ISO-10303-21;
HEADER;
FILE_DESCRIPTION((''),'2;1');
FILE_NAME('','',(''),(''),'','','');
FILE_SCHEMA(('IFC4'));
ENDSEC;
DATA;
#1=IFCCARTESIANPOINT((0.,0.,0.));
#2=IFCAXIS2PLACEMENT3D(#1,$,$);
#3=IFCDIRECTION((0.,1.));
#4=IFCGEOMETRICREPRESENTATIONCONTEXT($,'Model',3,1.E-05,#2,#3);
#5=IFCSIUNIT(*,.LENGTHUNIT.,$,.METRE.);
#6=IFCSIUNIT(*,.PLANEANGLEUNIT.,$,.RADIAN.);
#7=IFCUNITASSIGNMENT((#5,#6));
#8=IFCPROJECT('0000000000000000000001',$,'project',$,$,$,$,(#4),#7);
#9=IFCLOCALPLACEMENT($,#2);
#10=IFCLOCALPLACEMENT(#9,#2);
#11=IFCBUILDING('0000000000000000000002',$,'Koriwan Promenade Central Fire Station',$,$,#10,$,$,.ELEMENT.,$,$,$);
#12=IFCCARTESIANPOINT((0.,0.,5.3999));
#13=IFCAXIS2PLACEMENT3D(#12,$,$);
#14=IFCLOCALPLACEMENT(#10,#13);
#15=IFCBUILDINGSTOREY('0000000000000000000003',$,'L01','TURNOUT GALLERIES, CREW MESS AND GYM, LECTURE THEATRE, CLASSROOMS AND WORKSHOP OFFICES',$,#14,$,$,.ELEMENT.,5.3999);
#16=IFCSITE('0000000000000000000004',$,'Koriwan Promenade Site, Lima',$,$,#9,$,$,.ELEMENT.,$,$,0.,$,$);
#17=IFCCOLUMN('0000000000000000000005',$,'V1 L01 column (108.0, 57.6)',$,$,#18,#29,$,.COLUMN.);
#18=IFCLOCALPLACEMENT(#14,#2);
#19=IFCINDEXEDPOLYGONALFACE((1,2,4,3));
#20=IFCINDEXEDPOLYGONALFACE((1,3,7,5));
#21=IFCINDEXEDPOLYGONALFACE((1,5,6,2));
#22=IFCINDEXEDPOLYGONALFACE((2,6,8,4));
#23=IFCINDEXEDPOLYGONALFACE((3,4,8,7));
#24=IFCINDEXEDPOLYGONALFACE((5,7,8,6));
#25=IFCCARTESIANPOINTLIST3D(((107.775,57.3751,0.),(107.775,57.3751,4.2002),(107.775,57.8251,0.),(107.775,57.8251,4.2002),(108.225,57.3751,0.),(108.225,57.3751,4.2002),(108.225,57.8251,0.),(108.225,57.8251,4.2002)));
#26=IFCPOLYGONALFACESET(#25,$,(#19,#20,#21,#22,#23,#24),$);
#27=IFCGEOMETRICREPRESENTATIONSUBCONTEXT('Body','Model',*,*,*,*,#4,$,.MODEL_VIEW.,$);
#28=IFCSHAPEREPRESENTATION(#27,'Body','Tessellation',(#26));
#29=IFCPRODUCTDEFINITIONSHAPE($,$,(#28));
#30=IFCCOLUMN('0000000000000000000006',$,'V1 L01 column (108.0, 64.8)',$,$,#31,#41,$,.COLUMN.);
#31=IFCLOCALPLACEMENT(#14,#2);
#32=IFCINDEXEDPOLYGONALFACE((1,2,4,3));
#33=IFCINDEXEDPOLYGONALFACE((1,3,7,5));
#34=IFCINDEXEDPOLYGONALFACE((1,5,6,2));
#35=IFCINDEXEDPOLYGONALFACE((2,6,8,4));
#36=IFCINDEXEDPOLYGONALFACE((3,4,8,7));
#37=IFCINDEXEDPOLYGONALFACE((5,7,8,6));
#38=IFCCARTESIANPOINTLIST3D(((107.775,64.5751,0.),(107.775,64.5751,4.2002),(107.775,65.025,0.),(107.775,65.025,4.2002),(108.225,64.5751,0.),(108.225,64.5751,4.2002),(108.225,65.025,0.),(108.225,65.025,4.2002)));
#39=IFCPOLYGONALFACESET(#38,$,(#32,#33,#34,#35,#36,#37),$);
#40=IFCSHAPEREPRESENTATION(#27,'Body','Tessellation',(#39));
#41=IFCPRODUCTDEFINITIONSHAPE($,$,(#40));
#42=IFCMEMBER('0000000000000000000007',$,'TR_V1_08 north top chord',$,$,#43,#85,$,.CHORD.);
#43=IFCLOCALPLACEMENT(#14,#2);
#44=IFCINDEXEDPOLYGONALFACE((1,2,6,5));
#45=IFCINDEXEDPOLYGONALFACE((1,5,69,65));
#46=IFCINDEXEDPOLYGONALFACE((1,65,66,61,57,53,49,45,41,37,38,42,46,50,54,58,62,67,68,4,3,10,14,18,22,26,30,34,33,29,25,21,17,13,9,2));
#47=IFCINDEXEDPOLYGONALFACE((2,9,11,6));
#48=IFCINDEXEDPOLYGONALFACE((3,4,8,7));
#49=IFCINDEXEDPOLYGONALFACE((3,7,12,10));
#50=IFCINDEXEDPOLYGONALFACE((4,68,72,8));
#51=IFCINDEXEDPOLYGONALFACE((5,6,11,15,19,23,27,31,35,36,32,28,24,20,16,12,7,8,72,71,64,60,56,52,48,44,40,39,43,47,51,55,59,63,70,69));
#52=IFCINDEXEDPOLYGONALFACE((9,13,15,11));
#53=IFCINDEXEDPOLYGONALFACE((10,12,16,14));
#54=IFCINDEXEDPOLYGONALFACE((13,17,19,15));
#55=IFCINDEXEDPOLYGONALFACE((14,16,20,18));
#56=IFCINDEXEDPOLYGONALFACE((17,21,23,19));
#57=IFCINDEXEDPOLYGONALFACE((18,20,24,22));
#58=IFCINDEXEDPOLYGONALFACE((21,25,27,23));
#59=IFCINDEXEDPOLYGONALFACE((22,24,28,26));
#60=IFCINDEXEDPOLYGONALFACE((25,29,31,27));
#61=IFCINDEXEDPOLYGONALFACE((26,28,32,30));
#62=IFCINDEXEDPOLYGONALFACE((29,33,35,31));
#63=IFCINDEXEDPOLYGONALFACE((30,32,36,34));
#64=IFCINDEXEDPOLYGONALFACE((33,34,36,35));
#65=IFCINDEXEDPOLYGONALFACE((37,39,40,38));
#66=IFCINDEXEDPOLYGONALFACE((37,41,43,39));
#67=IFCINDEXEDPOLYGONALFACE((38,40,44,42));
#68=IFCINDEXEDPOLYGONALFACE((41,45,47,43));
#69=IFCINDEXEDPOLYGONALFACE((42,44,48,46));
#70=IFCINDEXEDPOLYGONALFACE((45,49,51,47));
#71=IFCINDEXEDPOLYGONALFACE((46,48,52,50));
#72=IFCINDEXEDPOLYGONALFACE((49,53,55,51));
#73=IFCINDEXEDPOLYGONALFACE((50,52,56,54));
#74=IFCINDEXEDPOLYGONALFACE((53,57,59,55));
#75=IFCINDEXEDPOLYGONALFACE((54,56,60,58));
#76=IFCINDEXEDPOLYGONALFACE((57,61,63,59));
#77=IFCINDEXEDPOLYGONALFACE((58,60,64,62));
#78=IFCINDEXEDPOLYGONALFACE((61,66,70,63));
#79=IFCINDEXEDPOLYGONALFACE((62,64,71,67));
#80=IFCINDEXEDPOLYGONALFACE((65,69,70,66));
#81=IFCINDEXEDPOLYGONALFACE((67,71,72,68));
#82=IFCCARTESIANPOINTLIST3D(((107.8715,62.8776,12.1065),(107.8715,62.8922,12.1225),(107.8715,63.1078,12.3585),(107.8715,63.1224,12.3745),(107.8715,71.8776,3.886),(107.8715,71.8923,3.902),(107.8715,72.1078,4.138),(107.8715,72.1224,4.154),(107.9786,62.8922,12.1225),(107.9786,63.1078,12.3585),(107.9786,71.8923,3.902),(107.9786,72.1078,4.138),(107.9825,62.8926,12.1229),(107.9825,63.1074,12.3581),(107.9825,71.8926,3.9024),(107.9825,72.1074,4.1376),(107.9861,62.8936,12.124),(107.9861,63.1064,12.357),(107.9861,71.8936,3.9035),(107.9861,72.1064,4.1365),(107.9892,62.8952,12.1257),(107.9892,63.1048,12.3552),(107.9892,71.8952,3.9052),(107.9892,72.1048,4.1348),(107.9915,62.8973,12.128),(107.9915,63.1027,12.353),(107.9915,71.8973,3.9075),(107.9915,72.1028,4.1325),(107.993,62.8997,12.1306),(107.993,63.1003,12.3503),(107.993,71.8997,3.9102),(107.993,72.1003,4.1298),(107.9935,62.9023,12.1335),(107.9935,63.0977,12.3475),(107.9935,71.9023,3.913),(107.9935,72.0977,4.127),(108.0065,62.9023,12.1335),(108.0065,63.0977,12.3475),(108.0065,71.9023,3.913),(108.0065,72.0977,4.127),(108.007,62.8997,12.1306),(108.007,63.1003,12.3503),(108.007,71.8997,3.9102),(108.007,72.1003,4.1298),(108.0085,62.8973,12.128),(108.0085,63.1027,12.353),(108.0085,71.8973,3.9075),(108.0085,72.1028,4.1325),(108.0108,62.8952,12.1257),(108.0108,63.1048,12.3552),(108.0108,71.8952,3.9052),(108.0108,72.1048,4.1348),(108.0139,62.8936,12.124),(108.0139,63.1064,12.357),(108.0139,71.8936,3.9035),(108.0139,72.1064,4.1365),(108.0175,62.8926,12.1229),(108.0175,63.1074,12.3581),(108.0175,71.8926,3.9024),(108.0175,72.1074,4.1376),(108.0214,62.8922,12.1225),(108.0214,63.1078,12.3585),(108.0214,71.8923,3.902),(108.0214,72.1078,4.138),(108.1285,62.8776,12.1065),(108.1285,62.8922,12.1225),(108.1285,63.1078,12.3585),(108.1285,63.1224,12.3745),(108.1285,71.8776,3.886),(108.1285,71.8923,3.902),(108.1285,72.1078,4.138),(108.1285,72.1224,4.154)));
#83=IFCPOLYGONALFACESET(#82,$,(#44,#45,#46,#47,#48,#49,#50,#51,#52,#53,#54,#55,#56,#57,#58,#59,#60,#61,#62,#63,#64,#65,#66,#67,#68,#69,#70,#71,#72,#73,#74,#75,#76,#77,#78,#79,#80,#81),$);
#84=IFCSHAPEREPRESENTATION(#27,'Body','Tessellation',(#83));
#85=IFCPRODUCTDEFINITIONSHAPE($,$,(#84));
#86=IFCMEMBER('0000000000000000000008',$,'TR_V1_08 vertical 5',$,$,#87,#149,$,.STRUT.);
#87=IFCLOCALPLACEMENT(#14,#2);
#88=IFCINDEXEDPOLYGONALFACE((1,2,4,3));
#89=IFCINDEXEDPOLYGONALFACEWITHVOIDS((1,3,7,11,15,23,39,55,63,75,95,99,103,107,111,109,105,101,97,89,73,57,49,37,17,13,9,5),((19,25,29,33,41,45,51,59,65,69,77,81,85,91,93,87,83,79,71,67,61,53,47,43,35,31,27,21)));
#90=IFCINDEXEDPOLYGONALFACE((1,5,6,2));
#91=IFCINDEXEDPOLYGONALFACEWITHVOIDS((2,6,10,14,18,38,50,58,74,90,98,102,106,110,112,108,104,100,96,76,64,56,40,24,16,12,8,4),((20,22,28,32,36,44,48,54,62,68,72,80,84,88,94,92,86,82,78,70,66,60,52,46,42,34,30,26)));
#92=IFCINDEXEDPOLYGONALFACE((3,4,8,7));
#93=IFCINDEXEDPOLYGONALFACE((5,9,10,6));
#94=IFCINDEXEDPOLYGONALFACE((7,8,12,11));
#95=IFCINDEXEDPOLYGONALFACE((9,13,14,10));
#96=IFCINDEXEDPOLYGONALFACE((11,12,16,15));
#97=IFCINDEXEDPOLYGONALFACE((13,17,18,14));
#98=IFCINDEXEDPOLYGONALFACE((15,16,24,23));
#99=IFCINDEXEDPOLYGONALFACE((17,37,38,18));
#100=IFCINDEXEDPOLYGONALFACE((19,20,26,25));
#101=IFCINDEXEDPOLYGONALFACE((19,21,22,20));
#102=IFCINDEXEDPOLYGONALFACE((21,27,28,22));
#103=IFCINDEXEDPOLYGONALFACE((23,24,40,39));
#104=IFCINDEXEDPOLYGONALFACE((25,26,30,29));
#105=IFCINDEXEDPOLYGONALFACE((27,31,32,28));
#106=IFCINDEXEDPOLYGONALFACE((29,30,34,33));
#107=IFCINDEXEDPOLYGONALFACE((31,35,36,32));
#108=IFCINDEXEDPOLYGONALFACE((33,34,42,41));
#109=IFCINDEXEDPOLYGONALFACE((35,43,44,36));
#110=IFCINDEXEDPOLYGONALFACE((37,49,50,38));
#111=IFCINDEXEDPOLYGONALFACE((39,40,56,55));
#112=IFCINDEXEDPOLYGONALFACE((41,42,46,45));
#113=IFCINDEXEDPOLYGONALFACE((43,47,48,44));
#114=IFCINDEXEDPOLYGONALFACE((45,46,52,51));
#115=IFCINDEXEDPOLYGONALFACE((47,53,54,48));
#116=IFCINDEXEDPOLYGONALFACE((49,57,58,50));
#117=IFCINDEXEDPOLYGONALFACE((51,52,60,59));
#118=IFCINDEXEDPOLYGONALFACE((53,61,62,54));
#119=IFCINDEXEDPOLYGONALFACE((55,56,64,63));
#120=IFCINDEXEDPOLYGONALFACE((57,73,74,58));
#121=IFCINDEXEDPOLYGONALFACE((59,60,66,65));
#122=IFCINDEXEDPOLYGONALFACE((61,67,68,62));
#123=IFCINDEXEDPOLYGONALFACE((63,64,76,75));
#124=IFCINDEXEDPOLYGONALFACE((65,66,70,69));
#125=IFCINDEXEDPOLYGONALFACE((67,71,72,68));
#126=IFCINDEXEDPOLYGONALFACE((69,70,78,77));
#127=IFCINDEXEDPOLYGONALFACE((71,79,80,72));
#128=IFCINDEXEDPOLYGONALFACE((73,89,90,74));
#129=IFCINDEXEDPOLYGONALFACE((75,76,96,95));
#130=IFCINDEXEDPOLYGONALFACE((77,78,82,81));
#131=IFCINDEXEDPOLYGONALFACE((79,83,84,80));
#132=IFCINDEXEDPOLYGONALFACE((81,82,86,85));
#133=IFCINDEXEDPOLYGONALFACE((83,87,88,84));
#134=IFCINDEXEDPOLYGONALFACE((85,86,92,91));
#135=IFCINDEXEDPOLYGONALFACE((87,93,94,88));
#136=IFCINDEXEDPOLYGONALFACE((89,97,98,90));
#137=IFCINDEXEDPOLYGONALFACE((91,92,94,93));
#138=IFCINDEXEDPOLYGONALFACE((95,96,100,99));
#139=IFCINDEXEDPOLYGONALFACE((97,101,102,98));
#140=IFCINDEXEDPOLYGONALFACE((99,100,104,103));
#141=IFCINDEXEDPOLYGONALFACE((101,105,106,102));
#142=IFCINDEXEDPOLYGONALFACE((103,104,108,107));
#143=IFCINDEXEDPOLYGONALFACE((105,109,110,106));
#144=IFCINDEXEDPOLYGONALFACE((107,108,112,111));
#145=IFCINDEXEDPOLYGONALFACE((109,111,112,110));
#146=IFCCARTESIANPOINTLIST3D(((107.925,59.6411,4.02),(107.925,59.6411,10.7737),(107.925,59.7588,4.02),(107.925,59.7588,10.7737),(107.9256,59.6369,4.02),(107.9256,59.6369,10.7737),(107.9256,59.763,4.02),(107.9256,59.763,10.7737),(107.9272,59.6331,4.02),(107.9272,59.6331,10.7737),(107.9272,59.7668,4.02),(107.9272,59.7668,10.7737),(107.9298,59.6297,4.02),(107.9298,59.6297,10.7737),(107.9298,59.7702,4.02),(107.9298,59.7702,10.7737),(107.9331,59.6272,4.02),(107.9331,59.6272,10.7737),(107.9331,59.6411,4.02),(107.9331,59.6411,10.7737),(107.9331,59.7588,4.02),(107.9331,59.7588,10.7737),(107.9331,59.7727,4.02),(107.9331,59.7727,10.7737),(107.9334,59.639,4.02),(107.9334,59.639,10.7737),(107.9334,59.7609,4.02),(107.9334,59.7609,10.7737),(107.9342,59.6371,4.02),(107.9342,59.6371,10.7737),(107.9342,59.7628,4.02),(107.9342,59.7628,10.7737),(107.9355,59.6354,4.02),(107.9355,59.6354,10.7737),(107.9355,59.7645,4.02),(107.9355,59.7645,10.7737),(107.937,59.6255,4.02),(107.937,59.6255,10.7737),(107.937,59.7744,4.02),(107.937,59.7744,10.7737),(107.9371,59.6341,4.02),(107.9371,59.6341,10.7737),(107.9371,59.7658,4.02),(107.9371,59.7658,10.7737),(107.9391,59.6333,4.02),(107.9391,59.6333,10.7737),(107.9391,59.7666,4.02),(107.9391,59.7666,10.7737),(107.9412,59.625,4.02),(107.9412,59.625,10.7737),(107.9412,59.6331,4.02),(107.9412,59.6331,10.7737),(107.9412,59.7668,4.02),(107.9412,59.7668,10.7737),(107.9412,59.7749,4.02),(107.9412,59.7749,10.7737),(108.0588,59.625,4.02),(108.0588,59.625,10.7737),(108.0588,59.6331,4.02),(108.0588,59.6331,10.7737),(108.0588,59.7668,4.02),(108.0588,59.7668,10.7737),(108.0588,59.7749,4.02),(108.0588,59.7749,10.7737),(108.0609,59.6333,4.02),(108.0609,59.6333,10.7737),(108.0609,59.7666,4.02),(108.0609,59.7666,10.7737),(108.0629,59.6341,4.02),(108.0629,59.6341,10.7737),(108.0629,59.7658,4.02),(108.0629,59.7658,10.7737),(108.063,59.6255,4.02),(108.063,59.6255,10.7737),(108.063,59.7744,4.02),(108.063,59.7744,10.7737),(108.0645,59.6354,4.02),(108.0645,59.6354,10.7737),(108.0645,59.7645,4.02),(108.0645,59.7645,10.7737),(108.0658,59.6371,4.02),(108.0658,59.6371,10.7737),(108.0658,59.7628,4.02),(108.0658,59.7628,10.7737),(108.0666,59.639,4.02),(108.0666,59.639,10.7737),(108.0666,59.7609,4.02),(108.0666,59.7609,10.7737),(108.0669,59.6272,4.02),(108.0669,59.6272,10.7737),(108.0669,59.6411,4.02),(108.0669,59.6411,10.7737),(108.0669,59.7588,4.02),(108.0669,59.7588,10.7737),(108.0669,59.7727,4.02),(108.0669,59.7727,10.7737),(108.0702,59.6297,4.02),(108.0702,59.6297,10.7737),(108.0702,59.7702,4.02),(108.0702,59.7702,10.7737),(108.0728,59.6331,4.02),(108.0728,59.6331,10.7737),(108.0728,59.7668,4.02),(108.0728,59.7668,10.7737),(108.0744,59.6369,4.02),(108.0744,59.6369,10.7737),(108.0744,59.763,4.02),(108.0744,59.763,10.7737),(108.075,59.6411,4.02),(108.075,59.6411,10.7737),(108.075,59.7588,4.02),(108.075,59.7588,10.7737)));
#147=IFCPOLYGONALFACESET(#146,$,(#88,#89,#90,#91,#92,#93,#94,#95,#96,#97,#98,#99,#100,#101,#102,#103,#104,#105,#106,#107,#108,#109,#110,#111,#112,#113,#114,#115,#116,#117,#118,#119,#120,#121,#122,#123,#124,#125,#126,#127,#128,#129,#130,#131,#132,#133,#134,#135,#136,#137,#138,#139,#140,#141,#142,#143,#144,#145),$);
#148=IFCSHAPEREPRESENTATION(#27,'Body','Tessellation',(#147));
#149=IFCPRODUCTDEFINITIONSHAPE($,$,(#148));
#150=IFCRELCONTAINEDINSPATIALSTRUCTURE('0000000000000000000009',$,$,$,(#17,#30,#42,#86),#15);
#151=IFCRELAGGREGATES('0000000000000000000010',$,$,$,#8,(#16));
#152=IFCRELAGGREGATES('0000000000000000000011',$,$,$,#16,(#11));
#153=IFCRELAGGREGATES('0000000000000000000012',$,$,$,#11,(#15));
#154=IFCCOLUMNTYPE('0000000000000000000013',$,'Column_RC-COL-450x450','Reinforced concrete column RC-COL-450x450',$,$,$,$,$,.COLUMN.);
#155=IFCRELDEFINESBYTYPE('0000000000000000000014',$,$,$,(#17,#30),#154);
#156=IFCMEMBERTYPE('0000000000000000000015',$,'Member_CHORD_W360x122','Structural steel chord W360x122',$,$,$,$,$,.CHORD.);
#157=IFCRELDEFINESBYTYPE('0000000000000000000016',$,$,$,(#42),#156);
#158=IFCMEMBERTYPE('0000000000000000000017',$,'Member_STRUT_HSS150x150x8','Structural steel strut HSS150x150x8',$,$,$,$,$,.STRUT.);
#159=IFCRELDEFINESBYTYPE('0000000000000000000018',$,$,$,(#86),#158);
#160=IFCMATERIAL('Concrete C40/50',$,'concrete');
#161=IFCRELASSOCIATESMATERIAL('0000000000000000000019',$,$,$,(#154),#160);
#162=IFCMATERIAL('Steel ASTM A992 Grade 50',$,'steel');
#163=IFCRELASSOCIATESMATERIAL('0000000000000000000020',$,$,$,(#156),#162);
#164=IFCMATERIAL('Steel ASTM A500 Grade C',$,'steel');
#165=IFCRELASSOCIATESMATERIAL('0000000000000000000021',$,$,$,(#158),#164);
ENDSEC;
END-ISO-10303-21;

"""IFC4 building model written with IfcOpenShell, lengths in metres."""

from ifc_helpers import new_model, si_unit, direction, frame, origin, origin_2d, place, context, subcontext, project, spatial, rectangle, hollow_rectangle, i_section, extrude, material, material_profile, profile_set, type_object, element, save


model = new_model("IFC4")

# Units and contexts
model_context = context("Model", 3, precision=1e-05, world=origin(), true_north=direction((0.0, 1.0)))
body_context = subcontext(model_context, "Body", "Model", "MODEL_VIEW")
ifc_project = project(units=[si_unit("LENGTHUNIT", "METRE"), si_unit("PLANEANGLEUNIT", "RADIAN")], contexts=[model_context])

# Site, building, storey
site_placement = place(None, origin())
site = spatial("IfcSite", under=ifc_project, at=site_placement, Name="Koriwan Promenade Site, Lima", CompositionType="ELEMENT", RefElevation=0.0)
building_placement = place(site_placement, origin())
building = spatial("IfcBuilding", under=site, at=building_placement, Name="Koriwan Promenade Central Fire Station", CompositionType="ELEMENT")
storey_placement = place(building_placement, frame((0.0, 0.0, 5.3999)))
storey = spatial("IfcBuildingStorey", under=building, at=storey_placement, Name="L01", Description="TURNOUT GALLERIES, CREW MESS AND GYM, LECTURE THEATRE, CLASSROOMS AND WORKSHOP OFFICES", CompositionType="ELEMENT", Elevation=5.3999)

# Columns
ifc_material_1 = material(Name="Concrete C40/50", Category="concrete")
ifc_material_profile_1 = material_profile(ifc_material_1, rectangle(XDim=0.45, YDim=0.45, at=origin_2d()), Name="RC-COL-450x450")
ifc_profile_set_1 = profile_set([ifc_material_profile_1], Name="Concrete C40/50")
column_type = type_object("IfcColumnType", Name="Column_RC-COL-450x450", Description="Reinforced concrete column RC-COL-450x450", PredefinedType="COLUMN", material=ifc_profile_set_1)
for number, where, z_axis, x_axis, name in (
    (1, (108.0, 57.6001, 0.0), (0.0, 0.0, 1.0), (1.0, 0.0, 0.0), "V1 L01 column (108.0, 57.6)"),
    (2, (108.0, 64.8, 0.0), (0.0, 0.0, 1.0), (1.0, 0.0, 0.0), "V1 L01 column (108.0, 64.8)"),
):
    element("IfcColumn", number, at=place(storey_placement, frame(where, z_axis=z_axis, x_axis=x_axis)), inside=storey, type_object=column_type, Name=name, PredefinedType="COLUMN", context=body_context, shape_type="SweptSolid", body=[
        extrude(rectangle(XDim=0.45, YDim=0.45, at=origin_2d()), origin(), (0.0, 0.0, 1.0), 4.2002),
    ])

# Members
ifc_material_2 = material(Name="Steel ASTM A992 Grade 50", Category="steel")
ifc_material_profile_2 = material_profile(ifc_material_2, i_section(OverallWidth=0.2571, OverallDepth=0.363, WebThickness=0.0129, FlangeThickness=0.0217, FilletRadius=0.0149, at=origin_2d()), Name="W360x122")
ifc_profile_set_2 = profile_set([ifc_material_profile_2], Name="Steel ASTM A992 Grade 50")
member_type_1 = type_object("IfcMemberType", Name="Member_CHORD_W360x122", Description="Structural steel chord W360x122", PredefinedType="CHORD", material=ifc_profile_set_2)
member_1_placement = place(storey_placement, frame((108.0, 63.0, 12.2405), z_axis=(0.0, 0.73836, -0.674407), x_axis=(-1.0, 0.0, 0.0)))
element("IfcMember", 3, at=member_1_placement, inside=storey, type_object=member_type_1, Name="TR_V1_08 north top chord", PredefinedType="CHORD", context=body_context, shape_type="SweptSolid", body=[
    extrude(i_section(OverallWidth=0.2571, OverallDepth=0.363, WebThickness=0.0129, FlangeThickness=0.0217, FilletRadius=0.0149, at=origin_2d()), origin(), (0.0, 0.0, 1.0), 12.1892),
])
ifc_material_3 = material(Name="Steel ASTM A500 Grade C", Category="steel")
ifc_material_profile_3 = material_profile(ifc_material_3, hollow_rectangle(XDim=0.1499, YDim=0.1499, WallThickness=0.0081, InnerFilletRadius=0.0081, OuterFilletRadius=0.0161, at=origin_2d()), Name="HSS150x150x8")
ifc_profile_set_3 = profile_set([ifc_material_profile_3], Name="Steel ASTM A500 Grade C")
member_type_2 = type_object("IfcMemberType", Name="Member_STRUT_HSS150x150x8", Description="Structural steel strut HSS150x150x8", PredefinedType="STRUT", material=ifc_profile_set_3)
member_2_placement = place(storey_placement, frame((108.0, 59.7, 4.02), z_axis=(0.0, 0.0, 1.0), x_axis=(1.0, 0.0, 0.0)))
element("IfcMember", 4, at=member_2_placement, inside=storey, type_object=member_type_2, Name="TR_V1_08 vertical 5", PredefinedType="STRUT", context=body_context, shape_type="SweptSolid", body=[
    extrude(hollow_rectangle(XDim=0.1499, YDim=0.1499, WallThickness=0.0081, InnerFilletRadius=0.0081, OuterFilletRadius=0.0161, at=origin_2d()), origin(), (0.0, 0.0, 1.0), 6.7537),
])

save(model, "model.ifc")
